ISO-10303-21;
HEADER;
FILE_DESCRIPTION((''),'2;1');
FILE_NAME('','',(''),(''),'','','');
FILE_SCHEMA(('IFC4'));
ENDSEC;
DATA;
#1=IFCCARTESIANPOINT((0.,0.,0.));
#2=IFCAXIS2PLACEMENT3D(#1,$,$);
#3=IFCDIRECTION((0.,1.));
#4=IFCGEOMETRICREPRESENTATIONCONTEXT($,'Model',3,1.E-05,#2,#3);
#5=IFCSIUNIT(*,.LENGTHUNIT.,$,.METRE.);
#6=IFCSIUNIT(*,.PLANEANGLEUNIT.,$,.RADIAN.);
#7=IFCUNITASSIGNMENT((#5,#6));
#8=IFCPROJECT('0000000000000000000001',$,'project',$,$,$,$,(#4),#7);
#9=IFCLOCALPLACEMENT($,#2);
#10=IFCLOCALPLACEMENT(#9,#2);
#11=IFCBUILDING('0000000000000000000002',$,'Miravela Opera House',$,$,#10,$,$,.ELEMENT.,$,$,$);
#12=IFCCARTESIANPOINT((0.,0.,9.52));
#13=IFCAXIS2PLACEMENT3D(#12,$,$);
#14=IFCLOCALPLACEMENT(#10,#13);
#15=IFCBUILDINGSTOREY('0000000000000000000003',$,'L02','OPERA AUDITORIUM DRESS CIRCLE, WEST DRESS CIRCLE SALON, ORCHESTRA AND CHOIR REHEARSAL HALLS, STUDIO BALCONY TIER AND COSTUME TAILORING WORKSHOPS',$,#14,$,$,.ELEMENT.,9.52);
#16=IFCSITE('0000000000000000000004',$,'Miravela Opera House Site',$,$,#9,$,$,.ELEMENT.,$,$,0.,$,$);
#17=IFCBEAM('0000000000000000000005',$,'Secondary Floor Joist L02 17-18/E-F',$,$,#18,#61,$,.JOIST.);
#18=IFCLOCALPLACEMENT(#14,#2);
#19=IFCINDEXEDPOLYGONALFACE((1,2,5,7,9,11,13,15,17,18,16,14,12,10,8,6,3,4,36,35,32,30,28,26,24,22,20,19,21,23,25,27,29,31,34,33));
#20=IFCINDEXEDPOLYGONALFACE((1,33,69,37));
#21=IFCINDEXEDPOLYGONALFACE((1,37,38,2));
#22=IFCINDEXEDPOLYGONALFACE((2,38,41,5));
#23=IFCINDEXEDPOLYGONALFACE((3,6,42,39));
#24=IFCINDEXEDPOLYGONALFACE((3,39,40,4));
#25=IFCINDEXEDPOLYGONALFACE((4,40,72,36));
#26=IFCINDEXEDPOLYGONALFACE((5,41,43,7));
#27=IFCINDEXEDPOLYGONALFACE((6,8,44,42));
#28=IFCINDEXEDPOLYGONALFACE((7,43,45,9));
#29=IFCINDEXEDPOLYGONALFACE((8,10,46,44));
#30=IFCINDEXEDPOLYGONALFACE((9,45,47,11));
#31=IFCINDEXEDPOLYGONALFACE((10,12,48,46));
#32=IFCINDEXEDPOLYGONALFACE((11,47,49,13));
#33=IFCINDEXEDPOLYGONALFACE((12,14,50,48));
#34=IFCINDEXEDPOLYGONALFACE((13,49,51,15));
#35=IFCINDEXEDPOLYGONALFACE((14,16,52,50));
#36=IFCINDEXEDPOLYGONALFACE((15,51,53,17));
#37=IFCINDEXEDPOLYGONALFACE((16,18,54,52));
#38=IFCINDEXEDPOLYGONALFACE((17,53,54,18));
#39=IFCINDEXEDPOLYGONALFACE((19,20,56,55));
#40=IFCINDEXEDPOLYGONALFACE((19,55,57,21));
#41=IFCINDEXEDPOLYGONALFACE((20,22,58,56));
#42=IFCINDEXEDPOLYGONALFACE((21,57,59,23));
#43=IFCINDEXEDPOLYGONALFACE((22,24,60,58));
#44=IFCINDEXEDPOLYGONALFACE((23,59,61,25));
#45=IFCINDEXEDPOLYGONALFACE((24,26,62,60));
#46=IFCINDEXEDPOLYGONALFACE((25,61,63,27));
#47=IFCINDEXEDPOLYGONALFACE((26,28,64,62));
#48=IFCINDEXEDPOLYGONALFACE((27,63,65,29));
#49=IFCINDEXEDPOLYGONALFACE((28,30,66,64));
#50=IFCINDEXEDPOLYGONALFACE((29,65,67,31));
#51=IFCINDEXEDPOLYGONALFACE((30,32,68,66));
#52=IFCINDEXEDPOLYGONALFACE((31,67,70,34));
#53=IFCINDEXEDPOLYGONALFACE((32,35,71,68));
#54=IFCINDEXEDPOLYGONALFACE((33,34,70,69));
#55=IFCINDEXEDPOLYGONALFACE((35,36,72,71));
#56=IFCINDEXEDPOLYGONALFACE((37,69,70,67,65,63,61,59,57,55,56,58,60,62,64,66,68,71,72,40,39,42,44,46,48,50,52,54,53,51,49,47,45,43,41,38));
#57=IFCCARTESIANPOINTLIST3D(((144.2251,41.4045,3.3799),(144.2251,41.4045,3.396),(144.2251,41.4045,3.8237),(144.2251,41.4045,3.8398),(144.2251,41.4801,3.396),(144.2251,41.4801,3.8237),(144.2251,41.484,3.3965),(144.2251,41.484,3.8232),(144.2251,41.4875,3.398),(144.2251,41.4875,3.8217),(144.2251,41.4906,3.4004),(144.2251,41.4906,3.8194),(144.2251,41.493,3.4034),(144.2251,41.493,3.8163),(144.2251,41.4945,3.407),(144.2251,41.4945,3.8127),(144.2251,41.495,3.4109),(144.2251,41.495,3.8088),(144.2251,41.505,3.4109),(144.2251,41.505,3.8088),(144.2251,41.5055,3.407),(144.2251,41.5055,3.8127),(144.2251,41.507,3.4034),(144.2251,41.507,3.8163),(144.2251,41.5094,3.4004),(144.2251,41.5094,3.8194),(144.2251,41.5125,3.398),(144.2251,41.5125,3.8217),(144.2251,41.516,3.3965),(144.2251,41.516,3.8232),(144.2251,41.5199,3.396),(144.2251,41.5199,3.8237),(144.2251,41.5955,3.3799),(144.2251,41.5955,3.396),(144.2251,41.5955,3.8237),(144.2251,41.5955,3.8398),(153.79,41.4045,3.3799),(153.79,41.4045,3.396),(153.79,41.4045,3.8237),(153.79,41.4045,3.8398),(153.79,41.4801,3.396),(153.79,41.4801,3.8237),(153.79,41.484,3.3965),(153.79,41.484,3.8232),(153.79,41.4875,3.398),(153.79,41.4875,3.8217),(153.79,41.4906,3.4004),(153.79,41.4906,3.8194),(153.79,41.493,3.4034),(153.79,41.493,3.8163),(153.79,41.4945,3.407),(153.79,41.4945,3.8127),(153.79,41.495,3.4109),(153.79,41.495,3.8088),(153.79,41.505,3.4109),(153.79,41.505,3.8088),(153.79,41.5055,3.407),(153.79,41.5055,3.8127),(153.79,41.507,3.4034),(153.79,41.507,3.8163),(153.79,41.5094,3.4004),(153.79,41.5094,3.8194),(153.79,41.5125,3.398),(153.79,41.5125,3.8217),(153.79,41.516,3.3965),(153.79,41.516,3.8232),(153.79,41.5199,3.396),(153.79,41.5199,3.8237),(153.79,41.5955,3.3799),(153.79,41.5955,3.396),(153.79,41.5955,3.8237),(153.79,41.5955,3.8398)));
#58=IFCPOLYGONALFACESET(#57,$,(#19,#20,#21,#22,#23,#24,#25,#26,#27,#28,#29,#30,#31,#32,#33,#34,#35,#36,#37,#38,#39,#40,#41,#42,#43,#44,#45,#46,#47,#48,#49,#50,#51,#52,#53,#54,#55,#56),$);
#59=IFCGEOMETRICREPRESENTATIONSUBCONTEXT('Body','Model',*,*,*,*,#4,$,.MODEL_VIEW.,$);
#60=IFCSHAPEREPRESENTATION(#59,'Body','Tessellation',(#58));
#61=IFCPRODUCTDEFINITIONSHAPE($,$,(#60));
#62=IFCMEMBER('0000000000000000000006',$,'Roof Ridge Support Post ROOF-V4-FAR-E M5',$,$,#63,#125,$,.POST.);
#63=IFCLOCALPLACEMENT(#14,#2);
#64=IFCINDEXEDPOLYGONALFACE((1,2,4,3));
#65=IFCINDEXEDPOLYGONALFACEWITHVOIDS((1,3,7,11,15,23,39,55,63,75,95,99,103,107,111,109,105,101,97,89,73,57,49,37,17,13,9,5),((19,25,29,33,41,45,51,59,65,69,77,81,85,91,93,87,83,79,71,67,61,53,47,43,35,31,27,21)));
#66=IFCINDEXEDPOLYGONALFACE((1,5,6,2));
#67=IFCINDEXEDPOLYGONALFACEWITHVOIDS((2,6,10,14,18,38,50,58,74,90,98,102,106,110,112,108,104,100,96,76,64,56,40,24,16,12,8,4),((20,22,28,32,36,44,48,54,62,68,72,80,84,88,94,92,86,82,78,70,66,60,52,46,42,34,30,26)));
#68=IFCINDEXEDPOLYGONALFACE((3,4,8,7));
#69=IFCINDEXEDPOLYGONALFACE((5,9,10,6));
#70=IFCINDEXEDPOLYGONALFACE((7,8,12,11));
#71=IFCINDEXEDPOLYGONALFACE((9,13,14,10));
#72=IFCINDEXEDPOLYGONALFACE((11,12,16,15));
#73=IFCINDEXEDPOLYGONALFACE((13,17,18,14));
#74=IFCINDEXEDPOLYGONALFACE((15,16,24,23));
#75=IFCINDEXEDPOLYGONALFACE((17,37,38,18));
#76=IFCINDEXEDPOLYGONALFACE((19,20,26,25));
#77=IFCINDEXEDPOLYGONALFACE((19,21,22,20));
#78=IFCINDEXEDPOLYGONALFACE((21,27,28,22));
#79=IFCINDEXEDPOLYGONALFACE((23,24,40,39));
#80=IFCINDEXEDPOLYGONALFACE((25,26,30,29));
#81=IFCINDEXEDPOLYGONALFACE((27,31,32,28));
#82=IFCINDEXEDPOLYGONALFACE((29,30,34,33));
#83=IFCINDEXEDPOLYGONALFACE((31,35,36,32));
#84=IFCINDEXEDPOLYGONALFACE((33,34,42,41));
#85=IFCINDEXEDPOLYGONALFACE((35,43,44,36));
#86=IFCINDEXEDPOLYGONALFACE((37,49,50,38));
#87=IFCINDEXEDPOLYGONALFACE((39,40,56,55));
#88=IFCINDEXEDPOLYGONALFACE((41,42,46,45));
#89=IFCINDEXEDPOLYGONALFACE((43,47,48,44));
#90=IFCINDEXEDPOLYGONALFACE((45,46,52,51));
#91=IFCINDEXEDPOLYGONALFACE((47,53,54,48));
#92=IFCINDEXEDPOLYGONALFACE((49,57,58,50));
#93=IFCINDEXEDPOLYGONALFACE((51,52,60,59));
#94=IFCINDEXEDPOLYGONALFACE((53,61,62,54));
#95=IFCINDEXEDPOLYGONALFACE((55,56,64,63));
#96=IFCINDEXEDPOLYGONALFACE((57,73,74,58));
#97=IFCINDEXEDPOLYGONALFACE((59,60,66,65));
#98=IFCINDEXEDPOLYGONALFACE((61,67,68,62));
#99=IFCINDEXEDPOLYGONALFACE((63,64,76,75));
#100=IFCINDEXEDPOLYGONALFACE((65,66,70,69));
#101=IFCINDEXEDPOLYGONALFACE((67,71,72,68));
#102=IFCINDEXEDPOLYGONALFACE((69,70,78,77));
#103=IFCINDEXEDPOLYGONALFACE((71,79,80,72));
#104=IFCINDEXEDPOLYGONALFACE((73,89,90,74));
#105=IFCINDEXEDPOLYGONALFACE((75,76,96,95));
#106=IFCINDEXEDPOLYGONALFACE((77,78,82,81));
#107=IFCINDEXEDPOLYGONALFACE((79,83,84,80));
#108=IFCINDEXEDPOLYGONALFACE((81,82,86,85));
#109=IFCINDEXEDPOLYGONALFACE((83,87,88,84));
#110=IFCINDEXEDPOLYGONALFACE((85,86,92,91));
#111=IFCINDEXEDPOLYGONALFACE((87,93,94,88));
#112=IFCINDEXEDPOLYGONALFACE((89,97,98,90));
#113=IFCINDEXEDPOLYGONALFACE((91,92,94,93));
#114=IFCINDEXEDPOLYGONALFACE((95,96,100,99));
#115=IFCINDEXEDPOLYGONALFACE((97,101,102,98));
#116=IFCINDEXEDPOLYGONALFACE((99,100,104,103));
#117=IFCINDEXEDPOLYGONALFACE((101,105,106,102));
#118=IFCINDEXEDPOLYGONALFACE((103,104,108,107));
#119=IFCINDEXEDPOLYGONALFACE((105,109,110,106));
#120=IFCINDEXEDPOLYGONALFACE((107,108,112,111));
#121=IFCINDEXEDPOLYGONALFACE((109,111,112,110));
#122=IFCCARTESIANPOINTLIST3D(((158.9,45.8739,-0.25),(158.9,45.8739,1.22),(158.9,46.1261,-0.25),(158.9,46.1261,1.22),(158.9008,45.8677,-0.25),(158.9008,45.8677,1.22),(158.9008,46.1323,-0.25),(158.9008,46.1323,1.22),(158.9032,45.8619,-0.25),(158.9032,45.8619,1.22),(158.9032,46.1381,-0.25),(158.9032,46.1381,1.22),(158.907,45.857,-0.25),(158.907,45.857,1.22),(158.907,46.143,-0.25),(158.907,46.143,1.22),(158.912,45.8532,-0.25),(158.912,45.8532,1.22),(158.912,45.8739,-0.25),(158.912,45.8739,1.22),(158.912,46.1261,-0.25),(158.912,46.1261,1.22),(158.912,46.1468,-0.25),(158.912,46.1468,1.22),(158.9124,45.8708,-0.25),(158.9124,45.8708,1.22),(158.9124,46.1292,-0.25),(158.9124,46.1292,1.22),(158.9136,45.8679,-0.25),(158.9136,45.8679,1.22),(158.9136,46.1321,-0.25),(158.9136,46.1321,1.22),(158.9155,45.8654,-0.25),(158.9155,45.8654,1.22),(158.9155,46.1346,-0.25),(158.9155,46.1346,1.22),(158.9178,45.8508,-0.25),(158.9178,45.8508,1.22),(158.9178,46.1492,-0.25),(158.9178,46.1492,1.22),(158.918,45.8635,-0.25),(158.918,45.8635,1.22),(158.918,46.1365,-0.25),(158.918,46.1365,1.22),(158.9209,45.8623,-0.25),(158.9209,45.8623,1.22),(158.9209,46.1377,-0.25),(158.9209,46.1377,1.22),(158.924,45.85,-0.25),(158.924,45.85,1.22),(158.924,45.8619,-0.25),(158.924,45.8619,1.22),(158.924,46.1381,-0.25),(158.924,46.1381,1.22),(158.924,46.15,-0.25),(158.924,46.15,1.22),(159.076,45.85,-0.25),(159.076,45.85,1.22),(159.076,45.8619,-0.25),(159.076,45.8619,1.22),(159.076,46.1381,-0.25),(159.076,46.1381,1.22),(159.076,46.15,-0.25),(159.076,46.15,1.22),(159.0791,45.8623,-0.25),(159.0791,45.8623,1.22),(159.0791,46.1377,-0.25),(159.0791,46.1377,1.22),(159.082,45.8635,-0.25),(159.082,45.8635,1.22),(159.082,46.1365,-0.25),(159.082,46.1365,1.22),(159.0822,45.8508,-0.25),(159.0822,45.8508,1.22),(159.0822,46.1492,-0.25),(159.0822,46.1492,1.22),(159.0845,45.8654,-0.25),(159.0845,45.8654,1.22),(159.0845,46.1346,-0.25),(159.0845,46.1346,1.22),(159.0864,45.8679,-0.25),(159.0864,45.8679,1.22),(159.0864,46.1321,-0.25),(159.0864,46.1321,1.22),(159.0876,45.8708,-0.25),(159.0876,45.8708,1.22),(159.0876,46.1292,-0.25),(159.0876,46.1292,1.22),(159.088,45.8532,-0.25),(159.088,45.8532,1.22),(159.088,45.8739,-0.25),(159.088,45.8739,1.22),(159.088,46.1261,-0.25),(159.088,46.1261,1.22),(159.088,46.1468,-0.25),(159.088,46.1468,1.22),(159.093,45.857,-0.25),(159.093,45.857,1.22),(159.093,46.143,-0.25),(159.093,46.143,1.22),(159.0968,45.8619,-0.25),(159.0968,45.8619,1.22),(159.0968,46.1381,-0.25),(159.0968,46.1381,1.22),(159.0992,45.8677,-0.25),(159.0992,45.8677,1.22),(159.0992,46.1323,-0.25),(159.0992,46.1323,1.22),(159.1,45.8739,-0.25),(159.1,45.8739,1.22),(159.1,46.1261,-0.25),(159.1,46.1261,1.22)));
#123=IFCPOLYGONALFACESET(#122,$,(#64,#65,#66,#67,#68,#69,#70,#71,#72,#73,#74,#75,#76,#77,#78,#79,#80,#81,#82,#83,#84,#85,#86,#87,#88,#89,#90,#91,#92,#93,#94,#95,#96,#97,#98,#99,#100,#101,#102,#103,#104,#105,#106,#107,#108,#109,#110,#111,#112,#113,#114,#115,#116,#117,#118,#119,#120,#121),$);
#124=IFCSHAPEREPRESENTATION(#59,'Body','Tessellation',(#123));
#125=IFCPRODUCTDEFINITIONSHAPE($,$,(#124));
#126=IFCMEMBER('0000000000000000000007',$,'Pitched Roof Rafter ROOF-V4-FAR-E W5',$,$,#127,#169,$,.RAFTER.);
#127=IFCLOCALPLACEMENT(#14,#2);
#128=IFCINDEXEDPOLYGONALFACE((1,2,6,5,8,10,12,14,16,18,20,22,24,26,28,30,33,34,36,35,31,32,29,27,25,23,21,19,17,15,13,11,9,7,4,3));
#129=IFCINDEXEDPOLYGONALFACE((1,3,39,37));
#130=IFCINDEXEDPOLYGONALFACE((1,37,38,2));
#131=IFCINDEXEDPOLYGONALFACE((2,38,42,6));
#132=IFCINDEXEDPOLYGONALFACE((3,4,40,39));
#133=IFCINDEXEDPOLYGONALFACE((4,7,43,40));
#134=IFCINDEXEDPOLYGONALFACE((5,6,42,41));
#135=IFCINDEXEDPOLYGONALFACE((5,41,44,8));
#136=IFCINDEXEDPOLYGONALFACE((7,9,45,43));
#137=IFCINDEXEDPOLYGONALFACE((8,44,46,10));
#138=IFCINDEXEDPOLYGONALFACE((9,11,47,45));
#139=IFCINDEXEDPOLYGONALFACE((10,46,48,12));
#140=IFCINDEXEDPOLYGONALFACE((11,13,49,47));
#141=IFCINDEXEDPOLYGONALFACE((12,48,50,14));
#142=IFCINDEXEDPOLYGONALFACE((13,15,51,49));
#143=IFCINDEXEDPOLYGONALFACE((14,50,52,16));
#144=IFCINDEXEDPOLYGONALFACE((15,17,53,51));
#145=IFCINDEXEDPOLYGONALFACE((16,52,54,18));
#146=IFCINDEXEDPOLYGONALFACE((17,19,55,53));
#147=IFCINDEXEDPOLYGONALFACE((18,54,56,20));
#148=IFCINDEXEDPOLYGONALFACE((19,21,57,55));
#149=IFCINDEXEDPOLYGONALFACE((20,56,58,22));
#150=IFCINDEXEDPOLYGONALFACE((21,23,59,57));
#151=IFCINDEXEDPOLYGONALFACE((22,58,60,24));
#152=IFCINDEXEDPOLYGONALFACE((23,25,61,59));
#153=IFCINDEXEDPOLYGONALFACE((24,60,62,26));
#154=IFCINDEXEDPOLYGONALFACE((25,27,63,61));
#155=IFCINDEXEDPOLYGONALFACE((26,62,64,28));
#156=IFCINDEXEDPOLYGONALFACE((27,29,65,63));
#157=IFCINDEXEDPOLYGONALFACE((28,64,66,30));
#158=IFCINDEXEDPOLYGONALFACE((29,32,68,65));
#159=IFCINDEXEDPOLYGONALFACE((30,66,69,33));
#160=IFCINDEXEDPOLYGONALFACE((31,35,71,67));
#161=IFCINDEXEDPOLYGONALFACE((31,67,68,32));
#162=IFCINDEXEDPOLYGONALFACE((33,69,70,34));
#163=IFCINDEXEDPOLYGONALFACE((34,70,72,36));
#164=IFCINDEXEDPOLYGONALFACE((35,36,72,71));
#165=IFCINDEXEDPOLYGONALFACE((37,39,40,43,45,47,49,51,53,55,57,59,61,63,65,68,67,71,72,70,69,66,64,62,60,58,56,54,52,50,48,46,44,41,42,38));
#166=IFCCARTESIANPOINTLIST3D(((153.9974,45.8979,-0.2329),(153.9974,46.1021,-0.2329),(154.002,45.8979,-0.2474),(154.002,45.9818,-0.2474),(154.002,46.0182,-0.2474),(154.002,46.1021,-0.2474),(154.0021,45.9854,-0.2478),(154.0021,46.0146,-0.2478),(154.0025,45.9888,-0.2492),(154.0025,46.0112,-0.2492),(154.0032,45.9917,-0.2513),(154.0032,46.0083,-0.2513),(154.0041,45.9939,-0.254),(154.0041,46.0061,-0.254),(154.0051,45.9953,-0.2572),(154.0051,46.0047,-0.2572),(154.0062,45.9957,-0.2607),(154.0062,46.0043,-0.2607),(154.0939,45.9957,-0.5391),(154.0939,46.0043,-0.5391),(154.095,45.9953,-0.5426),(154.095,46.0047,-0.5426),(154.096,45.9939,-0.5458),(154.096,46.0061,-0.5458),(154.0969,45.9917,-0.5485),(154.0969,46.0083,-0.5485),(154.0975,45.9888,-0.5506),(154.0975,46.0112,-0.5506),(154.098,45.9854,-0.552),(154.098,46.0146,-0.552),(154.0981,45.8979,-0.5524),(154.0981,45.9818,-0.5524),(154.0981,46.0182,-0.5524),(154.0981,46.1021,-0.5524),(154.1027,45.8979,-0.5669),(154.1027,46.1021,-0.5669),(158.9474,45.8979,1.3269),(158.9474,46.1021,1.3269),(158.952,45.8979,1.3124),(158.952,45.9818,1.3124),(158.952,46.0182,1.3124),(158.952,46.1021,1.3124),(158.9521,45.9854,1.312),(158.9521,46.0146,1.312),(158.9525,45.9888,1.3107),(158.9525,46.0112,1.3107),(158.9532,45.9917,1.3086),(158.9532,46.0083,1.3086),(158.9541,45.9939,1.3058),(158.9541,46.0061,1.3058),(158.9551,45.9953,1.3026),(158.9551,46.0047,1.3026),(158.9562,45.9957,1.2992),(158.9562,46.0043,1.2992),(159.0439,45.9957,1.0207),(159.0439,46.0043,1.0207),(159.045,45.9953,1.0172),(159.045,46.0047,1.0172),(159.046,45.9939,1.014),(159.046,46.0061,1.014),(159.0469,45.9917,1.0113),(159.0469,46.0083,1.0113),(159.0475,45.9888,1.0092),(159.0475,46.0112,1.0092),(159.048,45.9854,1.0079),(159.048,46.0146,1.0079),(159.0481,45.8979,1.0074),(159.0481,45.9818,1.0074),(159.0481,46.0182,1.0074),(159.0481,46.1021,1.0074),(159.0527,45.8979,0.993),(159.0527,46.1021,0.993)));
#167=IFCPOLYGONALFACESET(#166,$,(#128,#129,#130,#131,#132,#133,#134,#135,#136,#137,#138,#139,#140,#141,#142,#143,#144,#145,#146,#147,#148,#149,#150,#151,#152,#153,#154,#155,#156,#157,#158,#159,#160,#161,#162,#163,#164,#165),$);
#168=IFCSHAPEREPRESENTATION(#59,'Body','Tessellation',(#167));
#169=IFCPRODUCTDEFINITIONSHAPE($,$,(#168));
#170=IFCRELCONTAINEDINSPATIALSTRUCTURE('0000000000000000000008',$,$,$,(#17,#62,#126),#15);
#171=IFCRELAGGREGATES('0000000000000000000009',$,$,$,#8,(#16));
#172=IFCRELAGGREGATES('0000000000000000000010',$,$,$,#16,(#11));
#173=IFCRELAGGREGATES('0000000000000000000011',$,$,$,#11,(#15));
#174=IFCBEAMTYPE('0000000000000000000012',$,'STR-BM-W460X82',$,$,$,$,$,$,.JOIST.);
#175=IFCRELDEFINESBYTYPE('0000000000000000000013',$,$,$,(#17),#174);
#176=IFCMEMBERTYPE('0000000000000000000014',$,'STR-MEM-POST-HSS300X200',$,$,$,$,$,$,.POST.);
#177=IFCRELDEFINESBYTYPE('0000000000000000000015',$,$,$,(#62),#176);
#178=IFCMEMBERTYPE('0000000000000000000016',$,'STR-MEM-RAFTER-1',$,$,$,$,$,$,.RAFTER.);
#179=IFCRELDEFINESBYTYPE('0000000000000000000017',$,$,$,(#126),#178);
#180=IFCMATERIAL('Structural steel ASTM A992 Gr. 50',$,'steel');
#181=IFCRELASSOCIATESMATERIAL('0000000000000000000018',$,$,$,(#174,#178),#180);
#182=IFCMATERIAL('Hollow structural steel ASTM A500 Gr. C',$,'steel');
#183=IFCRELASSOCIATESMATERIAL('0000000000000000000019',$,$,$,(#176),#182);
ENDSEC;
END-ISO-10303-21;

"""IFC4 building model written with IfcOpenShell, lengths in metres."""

from ifc_helpers import new_model, si_unit, direction, frame, origin, origin_2d, place, context, subcontext, project, spatial, hollow_rectangle, i_section, extrude, material, material_profile, profile_set, type_object, element, save


model = new_model("IFC4")

# Units and contexts
model_context = context("Model", 3, precision=1e-05, world=origin(), true_north=direction((0.0, 1.0)))
body_context = subcontext(model_context, "Body", "Model", "MODEL_VIEW")
ifc_project = project(units=[si_unit("LENGTHUNIT", "METRE"), si_unit("PLANEANGLEUNIT", "RADIAN")], contexts=[model_context])

# Site, building, storey
site_placement = place(None, origin())
site = spatial("IfcSite", under=ifc_project, at=site_placement, Name="Miravela Opera House Site", CompositionType="ELEMENT", RefElevation=0.0)
building_placement = place(site_placement, origin())
building = spatial("IfcBuilding", under=site, at=building_placement, Name="Miravela Opera House", CompositionType="ELEMENT")
storey_placement = place(building_placement, frame((0.0, 0.0, 9.52)))
storey = spatial("IfcBuildingStorey", under=building, at=storey_placement, Name="L02", Description="OPERA AUDITORIUM DRESS CIRCLE, WEST DRESS CIRCLE SALON, ORCHESTRA AND CHOIR REHEARSAL HALLS, STUDIO BALCONY TIER AND COSTUME TAILORING WORKSHOPS", CompositionType="ELEMENT", Elevation=9.52)

# Beam
ifc_material_1 = material(Name="Structural steel ASTM A992 Gr. 50", Category="steel")
ifc_material_profile_1 = material_profile(ifc_material_1, i_section(OverallWidth=0.1909, OverallDepth=0.46, WebThickness=0.01, FlangeThickness=0.0161, FilletRadius=0.0149, at=origin_2d()), Name="W460X82")
ifc_profile_set_1 = profile_set([ifc_material_profile_1])
beam_type_1 = type_object("IfcBeamType", Name="STR-BM-W460X82", PredefinedType="JOIST", material=ifc_profile_set_1)
beam_1_placement = place(storey_placement, frame((144.2251, 41.5, 3.6099), z_axis=(1.0, 0.0, 0.0), x_axis=(0.0, 1.0, 0.0)))
element("IfcBeam", 1, at=beam_1_placement, inside=storey, type_object=beam_type_1, Name="Secondary Floor Joist L02 17-18/E-F", PredefinedType="JOIST", context=body_context, shape_type="SweptSolid", body=[
    extrude(i_section(OverallWidth=0.1909, OverallDepth=0.46, WebThickness=0.01, FlangeThickness=0.0161, FilletRadius=0.0149, at=origin_2d()), origin(), (0.0, 0.0, 1.0), 9.5649),
])

# Members
ifc_material_2 = material(Name="Hollow structural steel ASTM A500 Gr. C", Category="steel")
ifc_material_profile_2 = material_profile(ifc_material_2, hollow_rectangle(XDim=0.2, YDim=0.3, WallThickness=0.012, InnerFilletRadius=0.012, OuterFilletRadius=0.0239, at=origin_2d()), Name="HSS300X200X12")
ifc_profile_set_2 = profile_set([ifc_material_profile_2])
member_type_1 = type_object("IfcMemberType", Name="STR-MEM-POST-HSS300X200", PredefinedType="POST", material=ifc_profile_set_2)
member_placement = place(storey_placement, frame((159.0, 46.0, -0.25), z_axis=(0.0, 0.0, 1.0), x_axis=(1.0, 0.0, 0.0)))
element("IfcMember", 2, at=member_placement, inside=storey, type_object=member_type_1, Name="Roof Ridge Support Post ROOF-V4-FAR-E M5", PredefinedType="POST", context=body_context, shape_type="SweptSolid", body=[
    extrude(hollow_rectangle(XDim=0.2, YDim=0.3, WallThickness=0.012, InnerFilletRadius=0.012, OuterFilletRadius=0.0239, at=origin_2d()), origin(), (0.0, 0.0, 1.0), 1.47),
])
ifc_material_profile_3 = material_profile(ifc_material_1, i_section(OverallWidth=0.2041, OverallDepth=0.3501, WebThickness=0.0085, FlangeThickness=0.0151, FilletRadius=0.0139, at=origin_2d()), Name="W360X72")
ifc_profile_set_3 = profile_set([ifc_material_profile_3])
member_type_2 = type_object("IfcMemberType", Name="STR-MEM-RAFTER-1", PredefinedType="RAFTER", material=ifc_profile_set_3)
for number, where, z_axis, x_axis, name in (
    (3, (154.05, 46.0, -0.3999), (0.953767, 0.0, 0.300548), (0.0, 1.0, 0.0), "Pitched Roof Rafter ROOF-V4-FAR-E W5"),
):
    element("IfcMember", number, at=place(storey_placement, frame(where, z_axis=z_axis, x_axis=x_axis)), inside=storey, type_object=member_type_2, Name=name, PredefinedType="RAFTER", context=body_context, shape_type="SweptSolid", body=[
        extrude(i_section(OverallWidth=0.2041, OverallDepth=0.3501, WebThickness=0.0085, FlangeThickness=0.0151, FilletRadius=0.0139, at=origin_2d()), origin(), (0.0, 0.0, 1.0), 5.1899),
    ])

save(model, "model.ifc")
